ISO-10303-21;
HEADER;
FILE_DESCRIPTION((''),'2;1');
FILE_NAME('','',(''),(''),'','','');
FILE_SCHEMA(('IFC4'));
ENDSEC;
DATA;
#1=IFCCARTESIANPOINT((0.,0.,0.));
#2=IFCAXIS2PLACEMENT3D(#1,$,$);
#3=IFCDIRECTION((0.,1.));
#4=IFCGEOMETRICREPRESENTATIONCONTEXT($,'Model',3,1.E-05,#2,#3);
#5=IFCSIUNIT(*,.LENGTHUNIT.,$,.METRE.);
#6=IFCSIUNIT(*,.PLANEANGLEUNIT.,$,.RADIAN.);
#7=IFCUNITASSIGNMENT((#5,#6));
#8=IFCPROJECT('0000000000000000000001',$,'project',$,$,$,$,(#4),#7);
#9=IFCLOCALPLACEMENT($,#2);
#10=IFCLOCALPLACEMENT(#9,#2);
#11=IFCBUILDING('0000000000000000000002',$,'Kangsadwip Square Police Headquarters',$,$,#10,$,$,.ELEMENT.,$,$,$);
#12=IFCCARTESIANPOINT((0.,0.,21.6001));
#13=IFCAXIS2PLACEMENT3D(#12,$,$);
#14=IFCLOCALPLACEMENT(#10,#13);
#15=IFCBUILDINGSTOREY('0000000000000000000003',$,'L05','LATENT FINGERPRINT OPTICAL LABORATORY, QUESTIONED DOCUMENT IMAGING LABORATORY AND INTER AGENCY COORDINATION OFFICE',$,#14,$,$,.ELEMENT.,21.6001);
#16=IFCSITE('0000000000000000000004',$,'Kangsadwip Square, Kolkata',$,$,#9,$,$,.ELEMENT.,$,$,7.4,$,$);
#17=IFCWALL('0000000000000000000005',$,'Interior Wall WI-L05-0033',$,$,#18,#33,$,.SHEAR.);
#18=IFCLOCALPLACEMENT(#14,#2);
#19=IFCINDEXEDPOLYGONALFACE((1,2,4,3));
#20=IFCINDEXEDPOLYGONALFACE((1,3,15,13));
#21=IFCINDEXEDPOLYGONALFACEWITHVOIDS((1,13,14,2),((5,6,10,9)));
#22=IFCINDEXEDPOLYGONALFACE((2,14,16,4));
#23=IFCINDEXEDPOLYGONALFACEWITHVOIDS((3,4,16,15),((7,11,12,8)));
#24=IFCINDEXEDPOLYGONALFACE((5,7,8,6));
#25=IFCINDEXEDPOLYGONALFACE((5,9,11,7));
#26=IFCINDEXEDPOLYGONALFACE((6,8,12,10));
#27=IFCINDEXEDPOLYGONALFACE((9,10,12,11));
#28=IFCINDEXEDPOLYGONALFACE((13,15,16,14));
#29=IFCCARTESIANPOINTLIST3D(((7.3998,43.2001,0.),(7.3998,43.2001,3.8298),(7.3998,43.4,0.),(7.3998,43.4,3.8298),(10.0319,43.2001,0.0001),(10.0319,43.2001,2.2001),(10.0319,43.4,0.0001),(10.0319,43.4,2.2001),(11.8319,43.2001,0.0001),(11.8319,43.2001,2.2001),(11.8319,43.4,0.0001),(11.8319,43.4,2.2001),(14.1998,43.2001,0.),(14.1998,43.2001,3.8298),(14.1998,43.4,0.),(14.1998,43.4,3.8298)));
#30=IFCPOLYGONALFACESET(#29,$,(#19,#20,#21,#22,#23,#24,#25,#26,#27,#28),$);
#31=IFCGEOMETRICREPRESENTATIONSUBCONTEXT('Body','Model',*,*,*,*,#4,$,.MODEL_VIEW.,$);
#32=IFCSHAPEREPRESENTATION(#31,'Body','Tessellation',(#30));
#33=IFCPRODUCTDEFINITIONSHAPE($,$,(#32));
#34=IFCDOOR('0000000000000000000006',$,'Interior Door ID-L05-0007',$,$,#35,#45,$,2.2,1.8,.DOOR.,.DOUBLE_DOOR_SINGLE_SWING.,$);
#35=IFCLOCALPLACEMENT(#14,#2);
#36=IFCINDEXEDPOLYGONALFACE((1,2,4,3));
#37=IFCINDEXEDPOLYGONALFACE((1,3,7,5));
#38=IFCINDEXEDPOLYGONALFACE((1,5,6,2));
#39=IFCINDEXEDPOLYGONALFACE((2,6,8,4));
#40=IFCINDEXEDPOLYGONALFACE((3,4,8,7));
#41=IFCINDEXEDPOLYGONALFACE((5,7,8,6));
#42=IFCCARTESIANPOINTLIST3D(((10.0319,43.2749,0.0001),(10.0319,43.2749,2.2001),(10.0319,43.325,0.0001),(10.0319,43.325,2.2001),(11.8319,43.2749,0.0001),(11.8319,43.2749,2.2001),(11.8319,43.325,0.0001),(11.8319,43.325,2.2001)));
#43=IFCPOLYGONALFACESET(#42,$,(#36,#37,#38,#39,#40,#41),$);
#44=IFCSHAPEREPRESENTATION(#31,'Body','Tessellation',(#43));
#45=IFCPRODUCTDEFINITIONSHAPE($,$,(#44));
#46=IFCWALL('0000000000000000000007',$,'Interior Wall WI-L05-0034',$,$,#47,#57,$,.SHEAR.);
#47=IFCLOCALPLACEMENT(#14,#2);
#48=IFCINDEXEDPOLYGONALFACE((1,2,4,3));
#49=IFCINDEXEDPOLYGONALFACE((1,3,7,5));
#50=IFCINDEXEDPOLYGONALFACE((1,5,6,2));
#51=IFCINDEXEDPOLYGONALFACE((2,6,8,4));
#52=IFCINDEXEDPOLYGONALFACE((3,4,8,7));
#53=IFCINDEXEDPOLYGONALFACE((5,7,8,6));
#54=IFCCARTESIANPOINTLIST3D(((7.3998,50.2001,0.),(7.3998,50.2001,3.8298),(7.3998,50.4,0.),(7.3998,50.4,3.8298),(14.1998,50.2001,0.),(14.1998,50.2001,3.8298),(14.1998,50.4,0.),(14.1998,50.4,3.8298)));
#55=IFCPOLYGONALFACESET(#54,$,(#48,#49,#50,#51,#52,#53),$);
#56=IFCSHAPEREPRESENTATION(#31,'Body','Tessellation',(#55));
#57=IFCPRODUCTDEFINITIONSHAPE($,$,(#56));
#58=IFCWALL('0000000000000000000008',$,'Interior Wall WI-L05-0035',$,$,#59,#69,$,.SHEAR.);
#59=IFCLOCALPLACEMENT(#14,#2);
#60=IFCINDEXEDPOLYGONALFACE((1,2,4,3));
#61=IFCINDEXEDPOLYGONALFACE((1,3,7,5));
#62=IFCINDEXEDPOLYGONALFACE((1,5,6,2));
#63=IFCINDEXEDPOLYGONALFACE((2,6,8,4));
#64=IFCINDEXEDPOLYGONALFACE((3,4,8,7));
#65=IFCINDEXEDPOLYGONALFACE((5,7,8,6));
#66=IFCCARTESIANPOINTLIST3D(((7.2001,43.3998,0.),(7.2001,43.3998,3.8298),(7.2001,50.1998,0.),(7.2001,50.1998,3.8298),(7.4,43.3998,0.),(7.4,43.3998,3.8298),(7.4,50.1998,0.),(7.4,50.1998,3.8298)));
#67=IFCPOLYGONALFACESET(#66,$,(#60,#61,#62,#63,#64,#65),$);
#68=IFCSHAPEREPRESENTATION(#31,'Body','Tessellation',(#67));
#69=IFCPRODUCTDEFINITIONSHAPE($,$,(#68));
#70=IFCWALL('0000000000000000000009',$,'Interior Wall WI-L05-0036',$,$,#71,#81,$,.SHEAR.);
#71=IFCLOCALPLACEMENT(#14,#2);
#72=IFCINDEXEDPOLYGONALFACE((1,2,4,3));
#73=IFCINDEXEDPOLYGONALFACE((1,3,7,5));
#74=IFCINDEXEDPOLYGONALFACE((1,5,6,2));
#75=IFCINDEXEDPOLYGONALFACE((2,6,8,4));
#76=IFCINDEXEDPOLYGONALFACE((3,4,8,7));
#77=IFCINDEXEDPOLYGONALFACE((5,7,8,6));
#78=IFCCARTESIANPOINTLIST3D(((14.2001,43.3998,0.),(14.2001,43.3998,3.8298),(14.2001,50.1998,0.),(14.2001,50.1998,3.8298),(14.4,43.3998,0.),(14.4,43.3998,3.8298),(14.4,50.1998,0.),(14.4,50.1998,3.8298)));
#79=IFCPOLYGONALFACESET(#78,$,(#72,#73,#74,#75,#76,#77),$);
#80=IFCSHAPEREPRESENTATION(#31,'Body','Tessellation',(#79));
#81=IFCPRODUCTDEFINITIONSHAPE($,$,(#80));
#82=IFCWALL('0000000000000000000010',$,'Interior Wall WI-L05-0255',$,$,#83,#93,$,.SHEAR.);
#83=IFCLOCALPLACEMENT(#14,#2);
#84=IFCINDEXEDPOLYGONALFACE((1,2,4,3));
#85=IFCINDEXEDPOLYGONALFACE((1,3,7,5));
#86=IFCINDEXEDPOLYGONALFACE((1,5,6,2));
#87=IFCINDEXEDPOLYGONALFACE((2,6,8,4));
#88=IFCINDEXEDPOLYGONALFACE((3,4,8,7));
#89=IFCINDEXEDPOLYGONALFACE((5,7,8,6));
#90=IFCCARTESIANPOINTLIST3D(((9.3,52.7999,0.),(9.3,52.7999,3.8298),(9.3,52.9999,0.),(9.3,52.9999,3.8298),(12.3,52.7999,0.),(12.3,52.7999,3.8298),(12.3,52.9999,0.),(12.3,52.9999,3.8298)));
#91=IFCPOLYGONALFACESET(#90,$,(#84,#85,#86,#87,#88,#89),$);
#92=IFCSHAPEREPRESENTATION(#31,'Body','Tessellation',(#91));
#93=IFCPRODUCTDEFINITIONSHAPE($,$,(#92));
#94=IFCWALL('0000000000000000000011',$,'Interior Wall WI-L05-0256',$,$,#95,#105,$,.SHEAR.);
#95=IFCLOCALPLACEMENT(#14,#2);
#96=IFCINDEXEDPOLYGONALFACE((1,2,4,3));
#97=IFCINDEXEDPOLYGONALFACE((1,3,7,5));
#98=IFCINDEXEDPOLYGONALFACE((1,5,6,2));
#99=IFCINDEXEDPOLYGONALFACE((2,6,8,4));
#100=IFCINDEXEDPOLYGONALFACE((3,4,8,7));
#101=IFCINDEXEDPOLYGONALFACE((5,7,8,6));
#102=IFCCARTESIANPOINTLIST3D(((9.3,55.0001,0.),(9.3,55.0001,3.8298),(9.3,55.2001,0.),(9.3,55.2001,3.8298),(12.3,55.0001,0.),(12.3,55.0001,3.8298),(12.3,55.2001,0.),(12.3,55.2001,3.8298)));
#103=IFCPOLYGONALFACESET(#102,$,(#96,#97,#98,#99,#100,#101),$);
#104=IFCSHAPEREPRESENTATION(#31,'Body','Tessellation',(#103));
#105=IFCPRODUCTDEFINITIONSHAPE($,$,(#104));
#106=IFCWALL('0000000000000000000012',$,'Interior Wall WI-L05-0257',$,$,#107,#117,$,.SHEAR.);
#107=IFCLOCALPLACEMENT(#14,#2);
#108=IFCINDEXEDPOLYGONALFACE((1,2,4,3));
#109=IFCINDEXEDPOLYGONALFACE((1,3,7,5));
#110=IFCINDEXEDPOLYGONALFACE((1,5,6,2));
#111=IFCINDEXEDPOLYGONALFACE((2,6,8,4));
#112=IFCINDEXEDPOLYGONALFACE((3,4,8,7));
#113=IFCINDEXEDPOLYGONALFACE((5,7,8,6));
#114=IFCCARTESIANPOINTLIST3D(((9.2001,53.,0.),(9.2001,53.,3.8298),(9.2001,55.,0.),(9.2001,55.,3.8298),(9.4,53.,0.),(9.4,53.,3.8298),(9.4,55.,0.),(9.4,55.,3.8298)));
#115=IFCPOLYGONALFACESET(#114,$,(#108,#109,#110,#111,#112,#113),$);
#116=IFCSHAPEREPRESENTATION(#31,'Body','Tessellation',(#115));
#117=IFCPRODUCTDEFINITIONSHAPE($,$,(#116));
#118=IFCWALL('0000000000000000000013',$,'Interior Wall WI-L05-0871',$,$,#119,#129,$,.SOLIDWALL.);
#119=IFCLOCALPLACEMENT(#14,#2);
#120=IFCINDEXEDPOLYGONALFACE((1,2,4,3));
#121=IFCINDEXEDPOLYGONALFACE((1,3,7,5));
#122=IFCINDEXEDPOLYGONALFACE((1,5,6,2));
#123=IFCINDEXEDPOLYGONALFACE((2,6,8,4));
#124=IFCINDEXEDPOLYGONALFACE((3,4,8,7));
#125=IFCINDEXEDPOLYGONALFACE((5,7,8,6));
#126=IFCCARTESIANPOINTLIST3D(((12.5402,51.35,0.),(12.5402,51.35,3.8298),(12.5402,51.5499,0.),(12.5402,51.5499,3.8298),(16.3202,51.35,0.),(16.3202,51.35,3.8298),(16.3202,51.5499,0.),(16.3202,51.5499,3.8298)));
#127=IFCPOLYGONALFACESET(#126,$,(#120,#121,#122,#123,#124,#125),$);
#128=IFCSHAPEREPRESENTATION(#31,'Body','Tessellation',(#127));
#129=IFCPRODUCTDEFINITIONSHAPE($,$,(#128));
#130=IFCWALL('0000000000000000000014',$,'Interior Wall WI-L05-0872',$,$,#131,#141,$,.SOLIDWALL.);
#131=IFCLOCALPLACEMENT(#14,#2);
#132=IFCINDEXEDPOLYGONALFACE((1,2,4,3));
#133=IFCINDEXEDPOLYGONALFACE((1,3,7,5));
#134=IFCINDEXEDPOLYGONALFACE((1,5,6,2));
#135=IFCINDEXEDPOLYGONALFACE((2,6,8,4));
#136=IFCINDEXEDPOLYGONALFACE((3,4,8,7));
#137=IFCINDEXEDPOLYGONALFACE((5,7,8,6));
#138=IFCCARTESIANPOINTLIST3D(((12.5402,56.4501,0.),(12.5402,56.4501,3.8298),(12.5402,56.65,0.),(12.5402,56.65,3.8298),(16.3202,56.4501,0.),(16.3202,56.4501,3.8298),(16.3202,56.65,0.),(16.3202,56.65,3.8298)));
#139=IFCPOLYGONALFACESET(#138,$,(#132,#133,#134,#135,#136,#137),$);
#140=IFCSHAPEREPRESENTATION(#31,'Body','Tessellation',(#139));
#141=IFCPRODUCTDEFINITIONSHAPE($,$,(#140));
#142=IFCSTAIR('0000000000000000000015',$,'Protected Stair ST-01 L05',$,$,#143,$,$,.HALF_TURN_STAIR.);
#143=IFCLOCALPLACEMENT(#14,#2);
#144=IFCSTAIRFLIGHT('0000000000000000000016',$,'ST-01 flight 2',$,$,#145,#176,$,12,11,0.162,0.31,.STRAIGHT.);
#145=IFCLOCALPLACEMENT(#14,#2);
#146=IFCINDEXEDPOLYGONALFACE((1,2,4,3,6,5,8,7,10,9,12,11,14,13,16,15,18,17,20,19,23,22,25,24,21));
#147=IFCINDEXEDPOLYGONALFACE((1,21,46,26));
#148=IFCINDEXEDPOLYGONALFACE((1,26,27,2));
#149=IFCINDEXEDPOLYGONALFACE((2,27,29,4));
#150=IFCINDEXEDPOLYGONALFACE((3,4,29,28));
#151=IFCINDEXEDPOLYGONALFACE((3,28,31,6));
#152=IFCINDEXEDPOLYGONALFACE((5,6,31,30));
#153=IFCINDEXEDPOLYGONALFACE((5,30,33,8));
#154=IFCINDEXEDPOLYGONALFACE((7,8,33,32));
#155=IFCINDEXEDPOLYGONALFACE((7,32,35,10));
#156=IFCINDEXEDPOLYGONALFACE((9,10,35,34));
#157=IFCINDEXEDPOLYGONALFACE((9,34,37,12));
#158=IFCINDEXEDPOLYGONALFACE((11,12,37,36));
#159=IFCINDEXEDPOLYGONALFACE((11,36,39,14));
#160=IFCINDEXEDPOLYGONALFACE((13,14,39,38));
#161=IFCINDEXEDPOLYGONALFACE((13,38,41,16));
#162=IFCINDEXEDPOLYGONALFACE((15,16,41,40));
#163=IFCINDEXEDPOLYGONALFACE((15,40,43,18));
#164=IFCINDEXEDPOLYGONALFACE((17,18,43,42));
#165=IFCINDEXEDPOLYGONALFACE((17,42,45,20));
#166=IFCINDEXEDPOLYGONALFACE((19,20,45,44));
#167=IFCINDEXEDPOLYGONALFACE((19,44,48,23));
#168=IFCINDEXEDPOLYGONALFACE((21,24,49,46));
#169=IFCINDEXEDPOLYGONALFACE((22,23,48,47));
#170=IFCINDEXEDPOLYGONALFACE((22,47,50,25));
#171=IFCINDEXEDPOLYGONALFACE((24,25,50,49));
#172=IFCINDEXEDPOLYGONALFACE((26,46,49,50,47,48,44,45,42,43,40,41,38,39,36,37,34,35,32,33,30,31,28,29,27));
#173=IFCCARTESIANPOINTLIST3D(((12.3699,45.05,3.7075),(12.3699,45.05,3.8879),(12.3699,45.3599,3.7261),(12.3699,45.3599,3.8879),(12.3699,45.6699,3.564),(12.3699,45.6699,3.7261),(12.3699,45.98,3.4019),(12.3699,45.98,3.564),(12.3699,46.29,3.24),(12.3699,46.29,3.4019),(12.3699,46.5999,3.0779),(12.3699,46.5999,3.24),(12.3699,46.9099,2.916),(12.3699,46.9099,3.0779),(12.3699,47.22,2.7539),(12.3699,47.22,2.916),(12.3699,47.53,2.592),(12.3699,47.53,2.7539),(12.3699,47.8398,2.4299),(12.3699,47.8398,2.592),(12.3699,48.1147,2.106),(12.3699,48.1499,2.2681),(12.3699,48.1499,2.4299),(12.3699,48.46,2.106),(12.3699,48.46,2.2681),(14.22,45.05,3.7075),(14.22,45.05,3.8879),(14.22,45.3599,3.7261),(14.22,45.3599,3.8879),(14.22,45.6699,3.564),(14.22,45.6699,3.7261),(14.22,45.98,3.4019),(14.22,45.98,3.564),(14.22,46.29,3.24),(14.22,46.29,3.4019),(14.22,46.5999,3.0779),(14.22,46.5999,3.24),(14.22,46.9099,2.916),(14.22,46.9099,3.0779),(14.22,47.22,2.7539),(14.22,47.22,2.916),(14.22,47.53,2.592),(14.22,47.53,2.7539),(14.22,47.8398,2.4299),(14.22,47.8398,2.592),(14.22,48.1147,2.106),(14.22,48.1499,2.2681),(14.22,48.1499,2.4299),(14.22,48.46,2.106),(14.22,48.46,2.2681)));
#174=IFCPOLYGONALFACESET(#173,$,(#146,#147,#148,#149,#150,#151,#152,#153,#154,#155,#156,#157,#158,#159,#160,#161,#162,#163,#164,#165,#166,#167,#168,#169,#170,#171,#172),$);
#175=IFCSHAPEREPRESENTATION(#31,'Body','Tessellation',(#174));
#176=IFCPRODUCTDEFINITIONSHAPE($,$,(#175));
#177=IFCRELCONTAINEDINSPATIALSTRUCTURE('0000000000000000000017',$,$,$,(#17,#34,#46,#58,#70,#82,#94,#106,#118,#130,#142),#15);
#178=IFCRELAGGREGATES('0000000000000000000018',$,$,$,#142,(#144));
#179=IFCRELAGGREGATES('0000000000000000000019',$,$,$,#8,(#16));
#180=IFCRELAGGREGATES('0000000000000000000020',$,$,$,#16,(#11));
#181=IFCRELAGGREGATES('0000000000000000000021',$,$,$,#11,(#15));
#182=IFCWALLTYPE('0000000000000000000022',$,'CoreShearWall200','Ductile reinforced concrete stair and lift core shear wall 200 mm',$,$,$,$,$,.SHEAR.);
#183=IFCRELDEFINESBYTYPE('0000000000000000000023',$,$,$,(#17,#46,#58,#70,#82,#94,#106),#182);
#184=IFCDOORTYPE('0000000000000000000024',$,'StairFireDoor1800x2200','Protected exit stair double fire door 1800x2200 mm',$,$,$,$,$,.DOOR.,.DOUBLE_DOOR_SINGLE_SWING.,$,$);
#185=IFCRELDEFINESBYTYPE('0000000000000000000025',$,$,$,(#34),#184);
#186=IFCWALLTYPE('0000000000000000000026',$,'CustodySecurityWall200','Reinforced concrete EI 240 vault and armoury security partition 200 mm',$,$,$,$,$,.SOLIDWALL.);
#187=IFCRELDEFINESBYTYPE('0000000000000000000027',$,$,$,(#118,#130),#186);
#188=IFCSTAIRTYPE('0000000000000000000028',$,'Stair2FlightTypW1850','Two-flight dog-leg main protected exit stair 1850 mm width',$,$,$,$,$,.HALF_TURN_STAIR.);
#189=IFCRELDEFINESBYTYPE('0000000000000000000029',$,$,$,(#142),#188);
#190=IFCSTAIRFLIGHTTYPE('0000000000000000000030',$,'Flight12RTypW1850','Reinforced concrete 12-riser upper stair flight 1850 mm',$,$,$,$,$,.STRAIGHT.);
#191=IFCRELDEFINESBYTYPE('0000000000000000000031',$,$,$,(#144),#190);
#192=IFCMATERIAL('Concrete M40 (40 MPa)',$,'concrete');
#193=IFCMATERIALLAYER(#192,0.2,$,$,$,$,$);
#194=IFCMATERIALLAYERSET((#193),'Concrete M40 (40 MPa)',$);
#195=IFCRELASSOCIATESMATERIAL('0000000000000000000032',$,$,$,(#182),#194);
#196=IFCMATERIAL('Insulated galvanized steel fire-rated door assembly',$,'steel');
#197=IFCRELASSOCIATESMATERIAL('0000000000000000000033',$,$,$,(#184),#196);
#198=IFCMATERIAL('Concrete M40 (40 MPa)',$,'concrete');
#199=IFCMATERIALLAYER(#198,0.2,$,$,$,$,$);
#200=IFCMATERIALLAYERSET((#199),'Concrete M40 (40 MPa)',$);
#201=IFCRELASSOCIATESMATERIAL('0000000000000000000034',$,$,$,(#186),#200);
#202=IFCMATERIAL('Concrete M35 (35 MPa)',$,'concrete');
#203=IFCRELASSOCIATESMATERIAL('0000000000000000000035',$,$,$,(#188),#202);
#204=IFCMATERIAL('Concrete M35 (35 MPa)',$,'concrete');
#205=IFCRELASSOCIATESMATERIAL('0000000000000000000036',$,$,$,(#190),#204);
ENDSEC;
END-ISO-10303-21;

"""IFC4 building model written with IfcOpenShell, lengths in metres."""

from ifc_helpers import new_model, si_unit, direction, frame, frame_2d, origin, place, context, subcontext, project, spatial, polyline, rectangle, outline, extrude, material, layer, layer_set, type_object, element, fill, aggregate, save


model = new_model("IFC4")

# Units and contexts
model_context = context("Model", 3, precision=1e-05, world=origin(), true_north=direction((0.0, 1.0)))
body_context = subcontext(model_context, "Body", "Model", "MODEL_VIEW")
ifc_project = project(units=[si_unit("LENGTHUNIT", "METRE"), si_unit("PLANEANGLEUNIT", "RADIAN")], contexts=[model_context])

# Site, building, storey
site_placement = place(None, origin())
site = spatial("IfcSite", under=ifc_project, at=site_placement, Name="Kangsadwip Square, Kolkata", CompositionType="ELEMENT", RefElevation=7.4)
building_placement = place(site_placement, origin())
building = spatial("IfcBuilding", under=site, at=building_placement, Name="Kangsadwip Square Police Headquarters", CompositionType="ELEMENT")
storey_placement = place(building_placement, frame((0.0, 0.0, 21.6001)))
storey = spatial("IfcBuildingStorey", under=building, at=storey_placement, Name="L05", Description="LATENT FINGERPRINT OPTICAL LABORATORY, QUESTIONED DOCUMENT IMAGING LABORATORY AND INTER AGENCY COORDINATION OFFICE", CompositionType="ELEMENT", Elevation=21.6001)

# Wall, opening, door
ifc_material_1 = material(Name="Concrete M40 (40 MPa)", Category="concrete")
ifc_layer_1 = layer(ifc_material_1, 0.2)
ifc_layer_set_1 = layer_set([ifc_layer_1], Name="Concrete M40 (40 MPa)")
wall_type_1 = type_object("IfcWallType", Name="CoreShearWall200", Description="Ductile reinforced concrete stair and lift core shear wall 200 mm", PredefinedType="SHEAR", material=ifc_layer_set_1)
wall_1_placement = place(storey_placement, frame((7.3999, 43.3, 0.0), z_axis=(0.0, 0.0, 1.0), x_axis=(1.0, 0.0, 0.0)))
wall_1 = element("IfcWall", 1, at=wall_1_placement, inside=storey, type_object=wall_type_1, Name="Interior Wall WI-L05-0033", PredefinedType="SHEAR", context=body_context, shape_type="SweptSolid", body=[
    extrude(rectangle(XDim=6.8, YDim=0.2, at=frame_2d((3.3999, 0.0))), origin(), (0.0, 0.0, 1.0), 3.8298),
])
opening_1_placement = place(wall_1_placement, frame((2.6321, 0.0, 0.0)))
opening_1 = element("IfcOpeningElement", 2, at=opening_1_placement, cuts=wall_1, PredefinedType="OPENING", context=body_context, shape_type="SweptSolid", body=[
    extrude(rectangle(XDim=1.8, YDim=2.2, at=frame_2d((0.8999, 1.1001))), frame((0.0, 0.1099, 0.0), z_axis=(0.0, -1.0, 0.0), x_axis=(1.0, 0.0, 0.0)), (0.0, 0.0, 1.0), 0.22),
])
ifc_material_2 = material(Name="Insulated galvanized steel fire-rated door assembly", Category="steel")
door_type_1 = type_object("IfcDoorType", Name="StairFireDoor1800x2200", Description="Protected exit stair double fire door 1800x2200 mm", OperationType="DOUBLE_DOOR_SINGLE_SWING", PredefinedType="DOOR", material=ifc_material_2)
door_1_placement = place(opening_1_placement, origin())
door_1 = element("IfcDoor", 3, at=door_1_placement, inside=storey, type_object=door_type_1, Name="Interior Door ID-L05-0007", OperationType="DOUBLE_DOOR_SINGLE_SWING", OverallHeight=2.2, OverallWidth=1.8, PredefinedType="DOOR", context=body_context, shape_type="SweptSolid", body=[
    extrude(rectangle(XDim=1.8, YDim=2.2, at=frame_2d((0.8999, 1.1001))), frame((0.0, 0.0249, 0.0), z_axis=(0.0, -1.0, 0.0), x_axis=(1.0, 0.0, 0.0)), (0.0, 0.0, 1.0), 0.05),
])
fill(opening_1, door_1)

# Walls
for number, where, z_axis, x_axis, name in (
    (4, (7.3999, 50.3, 0.0), (0.0, 0.0, 1.0), (1.0, 0.0, 0.0), "Interior Wall WI-L05-0034"),
    (5, (7.3, 43.3999, 0.0), (0.0, 0.0, 1.0), (0.0, 1.0, 0.0), "Interior Wall WI-L05-0035"),
    (6, (14.3, 43.3999, 0.0), (0.0, 0.0, 1.0), (0.0, 1.0, 0.0), "Interior Wall WI-L05-0036"),
):
    element("IfcWall", number, at=place(storey_placement, frame(where, z_axis=z_axis, x_axis=x_axis)), inside=storey, type_object=wall_type_1, Name=name, PredefinedType="SHEAR", context=body_context, shape_type="SweptSolid", body=[
        extrude(rectangle(XDim=6.8, YDim=0.2, at=frame_2d((3.3999, 0.0))), origin(), (0.0, 0.0, 1.0), 3.8298),
    ])
for number, where, z_axis, x_axis, name in (
    (7, (9.3, 52.8999, 0.0), (0.0, 0.0, 1.0), (1.0, 0.0, 0.0), "Interior Wall WI-L05-0255"),
    (8, (9.3, 55.1001, 0.0), (0.0, 0.0, 1.0), (1.0, 0.0, 0.0), "Interior Wall WI-L05-0256"),
):
    element("IfcWall", number, at=place(storey_placement, frame(where, z_axis=z_axis, x_axis=x_axis)), inside=storey, type_object=wall_type_1, Name=name, PredefinedType="SHEAR", context=body_context, shape_type="SweptSolid", body=[
        extrude(rectangle(XDim=3.0, YDim=0.2, at=frame_2d((1.5, 0.0))), origin(), (0.0, 0.0, 1.0), 3.8298),
    ])
wall_2_placement = place(storey_placement, frame((9.3, 53.0, 0.0), z_axis=(0.0, 0.0, 1.0), x_axis=(0.0, 1.0, 0.0)))
element("IfcWall", 9, at=wall_2_placement, inside=storey, type_object=wall_type_1, Name="Interior Wall WI-L05-0257", PredefinedType="SHEAR", context=body_context, shape_type="SweptSolid", body=[
    extrude(rectangle(XDim=2.0, YDim=0.2, at=frame_2d((1.0, 0.0))), origin(), (0.0, 0.0, 1.0), 3.8298),
])

# Walls
ifc_material_3 = material(Name="Concrete M40 (40 MPa)", Category="concrete")
ifc_layer_2 = layer(ifc_material_3, 0.2)
ifc_layer_set_2 = layer_set([ifc_layer_2], Name="Concrete M40 (40 MPa)")
wall_type_2 = type_object("IfcWallType", Name="CustodySecurityWall200", Description="Reinforced concrete EI 240 vault and armoury security partition 200 mm", PredefinedType="SOLIDWALL", material=ifc_layer_set_2)
for number, where, z_axis, x_axis, name in (
    (10, (12.54, 51.45, 0.0), (0.0, 0.0, 1.0), (1.0, 0.0, 0.0), "Interior Wall WI-L05-0871"),
    (11, (12.54, 56.55, 0.0), (0.0, 0.0, 1.0), (1.0, 0.0, 0.0), "Interior Wall WI-L05-0872"),
):
    element("IfcWall", number, at=place(storey_placement, frame(where, z_axis=z_axis, x_axis=x_axis)), inside=storey, type_object=wall_type_2, Name=name, PredefinedType="SOLIDWALL", context=body_context, shape_type="SweptSolid", body=[
        extrude(rectangle(XDim=3.78, YDim=0.2, at=frame_2d((1.8901, 0.0))), origin(), (0.0, 0.0, 1.0), 3.8298),
    ])

# Stair, stair flight
ifc_material_4 = material(Name="Concrete M35 (35 MPa)", Category="concrete")
stair_type = type_object("IfcStairType", Name="Stair2FlightTypW1850", Description="Two-flight dog-leg main protected exit stair 1850 mm width", PredefinedType="HALF_TURN_STAIR", material=ifc_material_4)
stair_placement = place(storey_placement, origin())
stair = element("IfcStair", 12, at=stair_placement, inside=storey, type_object=stair_type, Name="Protected Stair ST-01 L05", PredefinedType="HALF_TURN_STAIR")
ifc_material_5 = material(Name="Concrete M35 (35 MPa)", Category="concrete")
stair_flight_type_1 = type_object("IfcStairFlightType", Name="Flight12RTypW1850", Description="Reinforced concrete 12-riser upper stair flight 1850 mm", PredefinedType="STRAIGHT", material=ifc_material_5)
stair_flight_1_placement = place(storey_placement, frame((13.2949, 48.46, 2.106), z_axis=(0.0, 0.0, 1.0), x_axis=(0.0, -1.0, 0.0)))
stair_flight_1 = element("IfcStairFlight", 13, at=stair_flight_1_placement, type_object=stair_flight_type_1, Name="ST-01 flight 2", NumberOfRisers=12, NumberOfTreads=11, PredefinedType="STRAIGHT", RiserHeight=0.162, TreadLength=0.31, context=body_context, shape_type="SweptSolid", body=[
    extrude(outline(polyline([(0.0, 0.0), (0.0, 0.1621), (0.3101, 0.1621), (0.3101, 0.324), (0.6201, 0.324), (0.6201, 0.4861), (0.9299, 0.4861), (0.9299, 0.6479), (1.24, 0.6479), (1.24, 0.8101), (1.55, 0.8101), (1.55, 0.9719), (1.8601, 0.9719), (1.8601, 1.134), (2.1699, 1.134), (2.1699, 1.2959), (2.48, 1.2959), (2.48, 1.458), (2.79, 1.458), (2.79, 1.6201), (3.1001, 1.6201), (3.1001, 1.782), (3.4099, 1.782), (3.4099, 1.9441), (3.4099, 1.6016), (0.3452, 0.0), (0.0, 0.0)])), frame((0.0, 0.925, 0.0), z_axis=(0.0, -1.0, 0.0), x_axis=(1.0, 0.0, 0.0)), (0.0, 0.0, 1.0), 1.8501),
])
aggregate(stair, [stair_flight_1])

save(model, "model.ifc")
